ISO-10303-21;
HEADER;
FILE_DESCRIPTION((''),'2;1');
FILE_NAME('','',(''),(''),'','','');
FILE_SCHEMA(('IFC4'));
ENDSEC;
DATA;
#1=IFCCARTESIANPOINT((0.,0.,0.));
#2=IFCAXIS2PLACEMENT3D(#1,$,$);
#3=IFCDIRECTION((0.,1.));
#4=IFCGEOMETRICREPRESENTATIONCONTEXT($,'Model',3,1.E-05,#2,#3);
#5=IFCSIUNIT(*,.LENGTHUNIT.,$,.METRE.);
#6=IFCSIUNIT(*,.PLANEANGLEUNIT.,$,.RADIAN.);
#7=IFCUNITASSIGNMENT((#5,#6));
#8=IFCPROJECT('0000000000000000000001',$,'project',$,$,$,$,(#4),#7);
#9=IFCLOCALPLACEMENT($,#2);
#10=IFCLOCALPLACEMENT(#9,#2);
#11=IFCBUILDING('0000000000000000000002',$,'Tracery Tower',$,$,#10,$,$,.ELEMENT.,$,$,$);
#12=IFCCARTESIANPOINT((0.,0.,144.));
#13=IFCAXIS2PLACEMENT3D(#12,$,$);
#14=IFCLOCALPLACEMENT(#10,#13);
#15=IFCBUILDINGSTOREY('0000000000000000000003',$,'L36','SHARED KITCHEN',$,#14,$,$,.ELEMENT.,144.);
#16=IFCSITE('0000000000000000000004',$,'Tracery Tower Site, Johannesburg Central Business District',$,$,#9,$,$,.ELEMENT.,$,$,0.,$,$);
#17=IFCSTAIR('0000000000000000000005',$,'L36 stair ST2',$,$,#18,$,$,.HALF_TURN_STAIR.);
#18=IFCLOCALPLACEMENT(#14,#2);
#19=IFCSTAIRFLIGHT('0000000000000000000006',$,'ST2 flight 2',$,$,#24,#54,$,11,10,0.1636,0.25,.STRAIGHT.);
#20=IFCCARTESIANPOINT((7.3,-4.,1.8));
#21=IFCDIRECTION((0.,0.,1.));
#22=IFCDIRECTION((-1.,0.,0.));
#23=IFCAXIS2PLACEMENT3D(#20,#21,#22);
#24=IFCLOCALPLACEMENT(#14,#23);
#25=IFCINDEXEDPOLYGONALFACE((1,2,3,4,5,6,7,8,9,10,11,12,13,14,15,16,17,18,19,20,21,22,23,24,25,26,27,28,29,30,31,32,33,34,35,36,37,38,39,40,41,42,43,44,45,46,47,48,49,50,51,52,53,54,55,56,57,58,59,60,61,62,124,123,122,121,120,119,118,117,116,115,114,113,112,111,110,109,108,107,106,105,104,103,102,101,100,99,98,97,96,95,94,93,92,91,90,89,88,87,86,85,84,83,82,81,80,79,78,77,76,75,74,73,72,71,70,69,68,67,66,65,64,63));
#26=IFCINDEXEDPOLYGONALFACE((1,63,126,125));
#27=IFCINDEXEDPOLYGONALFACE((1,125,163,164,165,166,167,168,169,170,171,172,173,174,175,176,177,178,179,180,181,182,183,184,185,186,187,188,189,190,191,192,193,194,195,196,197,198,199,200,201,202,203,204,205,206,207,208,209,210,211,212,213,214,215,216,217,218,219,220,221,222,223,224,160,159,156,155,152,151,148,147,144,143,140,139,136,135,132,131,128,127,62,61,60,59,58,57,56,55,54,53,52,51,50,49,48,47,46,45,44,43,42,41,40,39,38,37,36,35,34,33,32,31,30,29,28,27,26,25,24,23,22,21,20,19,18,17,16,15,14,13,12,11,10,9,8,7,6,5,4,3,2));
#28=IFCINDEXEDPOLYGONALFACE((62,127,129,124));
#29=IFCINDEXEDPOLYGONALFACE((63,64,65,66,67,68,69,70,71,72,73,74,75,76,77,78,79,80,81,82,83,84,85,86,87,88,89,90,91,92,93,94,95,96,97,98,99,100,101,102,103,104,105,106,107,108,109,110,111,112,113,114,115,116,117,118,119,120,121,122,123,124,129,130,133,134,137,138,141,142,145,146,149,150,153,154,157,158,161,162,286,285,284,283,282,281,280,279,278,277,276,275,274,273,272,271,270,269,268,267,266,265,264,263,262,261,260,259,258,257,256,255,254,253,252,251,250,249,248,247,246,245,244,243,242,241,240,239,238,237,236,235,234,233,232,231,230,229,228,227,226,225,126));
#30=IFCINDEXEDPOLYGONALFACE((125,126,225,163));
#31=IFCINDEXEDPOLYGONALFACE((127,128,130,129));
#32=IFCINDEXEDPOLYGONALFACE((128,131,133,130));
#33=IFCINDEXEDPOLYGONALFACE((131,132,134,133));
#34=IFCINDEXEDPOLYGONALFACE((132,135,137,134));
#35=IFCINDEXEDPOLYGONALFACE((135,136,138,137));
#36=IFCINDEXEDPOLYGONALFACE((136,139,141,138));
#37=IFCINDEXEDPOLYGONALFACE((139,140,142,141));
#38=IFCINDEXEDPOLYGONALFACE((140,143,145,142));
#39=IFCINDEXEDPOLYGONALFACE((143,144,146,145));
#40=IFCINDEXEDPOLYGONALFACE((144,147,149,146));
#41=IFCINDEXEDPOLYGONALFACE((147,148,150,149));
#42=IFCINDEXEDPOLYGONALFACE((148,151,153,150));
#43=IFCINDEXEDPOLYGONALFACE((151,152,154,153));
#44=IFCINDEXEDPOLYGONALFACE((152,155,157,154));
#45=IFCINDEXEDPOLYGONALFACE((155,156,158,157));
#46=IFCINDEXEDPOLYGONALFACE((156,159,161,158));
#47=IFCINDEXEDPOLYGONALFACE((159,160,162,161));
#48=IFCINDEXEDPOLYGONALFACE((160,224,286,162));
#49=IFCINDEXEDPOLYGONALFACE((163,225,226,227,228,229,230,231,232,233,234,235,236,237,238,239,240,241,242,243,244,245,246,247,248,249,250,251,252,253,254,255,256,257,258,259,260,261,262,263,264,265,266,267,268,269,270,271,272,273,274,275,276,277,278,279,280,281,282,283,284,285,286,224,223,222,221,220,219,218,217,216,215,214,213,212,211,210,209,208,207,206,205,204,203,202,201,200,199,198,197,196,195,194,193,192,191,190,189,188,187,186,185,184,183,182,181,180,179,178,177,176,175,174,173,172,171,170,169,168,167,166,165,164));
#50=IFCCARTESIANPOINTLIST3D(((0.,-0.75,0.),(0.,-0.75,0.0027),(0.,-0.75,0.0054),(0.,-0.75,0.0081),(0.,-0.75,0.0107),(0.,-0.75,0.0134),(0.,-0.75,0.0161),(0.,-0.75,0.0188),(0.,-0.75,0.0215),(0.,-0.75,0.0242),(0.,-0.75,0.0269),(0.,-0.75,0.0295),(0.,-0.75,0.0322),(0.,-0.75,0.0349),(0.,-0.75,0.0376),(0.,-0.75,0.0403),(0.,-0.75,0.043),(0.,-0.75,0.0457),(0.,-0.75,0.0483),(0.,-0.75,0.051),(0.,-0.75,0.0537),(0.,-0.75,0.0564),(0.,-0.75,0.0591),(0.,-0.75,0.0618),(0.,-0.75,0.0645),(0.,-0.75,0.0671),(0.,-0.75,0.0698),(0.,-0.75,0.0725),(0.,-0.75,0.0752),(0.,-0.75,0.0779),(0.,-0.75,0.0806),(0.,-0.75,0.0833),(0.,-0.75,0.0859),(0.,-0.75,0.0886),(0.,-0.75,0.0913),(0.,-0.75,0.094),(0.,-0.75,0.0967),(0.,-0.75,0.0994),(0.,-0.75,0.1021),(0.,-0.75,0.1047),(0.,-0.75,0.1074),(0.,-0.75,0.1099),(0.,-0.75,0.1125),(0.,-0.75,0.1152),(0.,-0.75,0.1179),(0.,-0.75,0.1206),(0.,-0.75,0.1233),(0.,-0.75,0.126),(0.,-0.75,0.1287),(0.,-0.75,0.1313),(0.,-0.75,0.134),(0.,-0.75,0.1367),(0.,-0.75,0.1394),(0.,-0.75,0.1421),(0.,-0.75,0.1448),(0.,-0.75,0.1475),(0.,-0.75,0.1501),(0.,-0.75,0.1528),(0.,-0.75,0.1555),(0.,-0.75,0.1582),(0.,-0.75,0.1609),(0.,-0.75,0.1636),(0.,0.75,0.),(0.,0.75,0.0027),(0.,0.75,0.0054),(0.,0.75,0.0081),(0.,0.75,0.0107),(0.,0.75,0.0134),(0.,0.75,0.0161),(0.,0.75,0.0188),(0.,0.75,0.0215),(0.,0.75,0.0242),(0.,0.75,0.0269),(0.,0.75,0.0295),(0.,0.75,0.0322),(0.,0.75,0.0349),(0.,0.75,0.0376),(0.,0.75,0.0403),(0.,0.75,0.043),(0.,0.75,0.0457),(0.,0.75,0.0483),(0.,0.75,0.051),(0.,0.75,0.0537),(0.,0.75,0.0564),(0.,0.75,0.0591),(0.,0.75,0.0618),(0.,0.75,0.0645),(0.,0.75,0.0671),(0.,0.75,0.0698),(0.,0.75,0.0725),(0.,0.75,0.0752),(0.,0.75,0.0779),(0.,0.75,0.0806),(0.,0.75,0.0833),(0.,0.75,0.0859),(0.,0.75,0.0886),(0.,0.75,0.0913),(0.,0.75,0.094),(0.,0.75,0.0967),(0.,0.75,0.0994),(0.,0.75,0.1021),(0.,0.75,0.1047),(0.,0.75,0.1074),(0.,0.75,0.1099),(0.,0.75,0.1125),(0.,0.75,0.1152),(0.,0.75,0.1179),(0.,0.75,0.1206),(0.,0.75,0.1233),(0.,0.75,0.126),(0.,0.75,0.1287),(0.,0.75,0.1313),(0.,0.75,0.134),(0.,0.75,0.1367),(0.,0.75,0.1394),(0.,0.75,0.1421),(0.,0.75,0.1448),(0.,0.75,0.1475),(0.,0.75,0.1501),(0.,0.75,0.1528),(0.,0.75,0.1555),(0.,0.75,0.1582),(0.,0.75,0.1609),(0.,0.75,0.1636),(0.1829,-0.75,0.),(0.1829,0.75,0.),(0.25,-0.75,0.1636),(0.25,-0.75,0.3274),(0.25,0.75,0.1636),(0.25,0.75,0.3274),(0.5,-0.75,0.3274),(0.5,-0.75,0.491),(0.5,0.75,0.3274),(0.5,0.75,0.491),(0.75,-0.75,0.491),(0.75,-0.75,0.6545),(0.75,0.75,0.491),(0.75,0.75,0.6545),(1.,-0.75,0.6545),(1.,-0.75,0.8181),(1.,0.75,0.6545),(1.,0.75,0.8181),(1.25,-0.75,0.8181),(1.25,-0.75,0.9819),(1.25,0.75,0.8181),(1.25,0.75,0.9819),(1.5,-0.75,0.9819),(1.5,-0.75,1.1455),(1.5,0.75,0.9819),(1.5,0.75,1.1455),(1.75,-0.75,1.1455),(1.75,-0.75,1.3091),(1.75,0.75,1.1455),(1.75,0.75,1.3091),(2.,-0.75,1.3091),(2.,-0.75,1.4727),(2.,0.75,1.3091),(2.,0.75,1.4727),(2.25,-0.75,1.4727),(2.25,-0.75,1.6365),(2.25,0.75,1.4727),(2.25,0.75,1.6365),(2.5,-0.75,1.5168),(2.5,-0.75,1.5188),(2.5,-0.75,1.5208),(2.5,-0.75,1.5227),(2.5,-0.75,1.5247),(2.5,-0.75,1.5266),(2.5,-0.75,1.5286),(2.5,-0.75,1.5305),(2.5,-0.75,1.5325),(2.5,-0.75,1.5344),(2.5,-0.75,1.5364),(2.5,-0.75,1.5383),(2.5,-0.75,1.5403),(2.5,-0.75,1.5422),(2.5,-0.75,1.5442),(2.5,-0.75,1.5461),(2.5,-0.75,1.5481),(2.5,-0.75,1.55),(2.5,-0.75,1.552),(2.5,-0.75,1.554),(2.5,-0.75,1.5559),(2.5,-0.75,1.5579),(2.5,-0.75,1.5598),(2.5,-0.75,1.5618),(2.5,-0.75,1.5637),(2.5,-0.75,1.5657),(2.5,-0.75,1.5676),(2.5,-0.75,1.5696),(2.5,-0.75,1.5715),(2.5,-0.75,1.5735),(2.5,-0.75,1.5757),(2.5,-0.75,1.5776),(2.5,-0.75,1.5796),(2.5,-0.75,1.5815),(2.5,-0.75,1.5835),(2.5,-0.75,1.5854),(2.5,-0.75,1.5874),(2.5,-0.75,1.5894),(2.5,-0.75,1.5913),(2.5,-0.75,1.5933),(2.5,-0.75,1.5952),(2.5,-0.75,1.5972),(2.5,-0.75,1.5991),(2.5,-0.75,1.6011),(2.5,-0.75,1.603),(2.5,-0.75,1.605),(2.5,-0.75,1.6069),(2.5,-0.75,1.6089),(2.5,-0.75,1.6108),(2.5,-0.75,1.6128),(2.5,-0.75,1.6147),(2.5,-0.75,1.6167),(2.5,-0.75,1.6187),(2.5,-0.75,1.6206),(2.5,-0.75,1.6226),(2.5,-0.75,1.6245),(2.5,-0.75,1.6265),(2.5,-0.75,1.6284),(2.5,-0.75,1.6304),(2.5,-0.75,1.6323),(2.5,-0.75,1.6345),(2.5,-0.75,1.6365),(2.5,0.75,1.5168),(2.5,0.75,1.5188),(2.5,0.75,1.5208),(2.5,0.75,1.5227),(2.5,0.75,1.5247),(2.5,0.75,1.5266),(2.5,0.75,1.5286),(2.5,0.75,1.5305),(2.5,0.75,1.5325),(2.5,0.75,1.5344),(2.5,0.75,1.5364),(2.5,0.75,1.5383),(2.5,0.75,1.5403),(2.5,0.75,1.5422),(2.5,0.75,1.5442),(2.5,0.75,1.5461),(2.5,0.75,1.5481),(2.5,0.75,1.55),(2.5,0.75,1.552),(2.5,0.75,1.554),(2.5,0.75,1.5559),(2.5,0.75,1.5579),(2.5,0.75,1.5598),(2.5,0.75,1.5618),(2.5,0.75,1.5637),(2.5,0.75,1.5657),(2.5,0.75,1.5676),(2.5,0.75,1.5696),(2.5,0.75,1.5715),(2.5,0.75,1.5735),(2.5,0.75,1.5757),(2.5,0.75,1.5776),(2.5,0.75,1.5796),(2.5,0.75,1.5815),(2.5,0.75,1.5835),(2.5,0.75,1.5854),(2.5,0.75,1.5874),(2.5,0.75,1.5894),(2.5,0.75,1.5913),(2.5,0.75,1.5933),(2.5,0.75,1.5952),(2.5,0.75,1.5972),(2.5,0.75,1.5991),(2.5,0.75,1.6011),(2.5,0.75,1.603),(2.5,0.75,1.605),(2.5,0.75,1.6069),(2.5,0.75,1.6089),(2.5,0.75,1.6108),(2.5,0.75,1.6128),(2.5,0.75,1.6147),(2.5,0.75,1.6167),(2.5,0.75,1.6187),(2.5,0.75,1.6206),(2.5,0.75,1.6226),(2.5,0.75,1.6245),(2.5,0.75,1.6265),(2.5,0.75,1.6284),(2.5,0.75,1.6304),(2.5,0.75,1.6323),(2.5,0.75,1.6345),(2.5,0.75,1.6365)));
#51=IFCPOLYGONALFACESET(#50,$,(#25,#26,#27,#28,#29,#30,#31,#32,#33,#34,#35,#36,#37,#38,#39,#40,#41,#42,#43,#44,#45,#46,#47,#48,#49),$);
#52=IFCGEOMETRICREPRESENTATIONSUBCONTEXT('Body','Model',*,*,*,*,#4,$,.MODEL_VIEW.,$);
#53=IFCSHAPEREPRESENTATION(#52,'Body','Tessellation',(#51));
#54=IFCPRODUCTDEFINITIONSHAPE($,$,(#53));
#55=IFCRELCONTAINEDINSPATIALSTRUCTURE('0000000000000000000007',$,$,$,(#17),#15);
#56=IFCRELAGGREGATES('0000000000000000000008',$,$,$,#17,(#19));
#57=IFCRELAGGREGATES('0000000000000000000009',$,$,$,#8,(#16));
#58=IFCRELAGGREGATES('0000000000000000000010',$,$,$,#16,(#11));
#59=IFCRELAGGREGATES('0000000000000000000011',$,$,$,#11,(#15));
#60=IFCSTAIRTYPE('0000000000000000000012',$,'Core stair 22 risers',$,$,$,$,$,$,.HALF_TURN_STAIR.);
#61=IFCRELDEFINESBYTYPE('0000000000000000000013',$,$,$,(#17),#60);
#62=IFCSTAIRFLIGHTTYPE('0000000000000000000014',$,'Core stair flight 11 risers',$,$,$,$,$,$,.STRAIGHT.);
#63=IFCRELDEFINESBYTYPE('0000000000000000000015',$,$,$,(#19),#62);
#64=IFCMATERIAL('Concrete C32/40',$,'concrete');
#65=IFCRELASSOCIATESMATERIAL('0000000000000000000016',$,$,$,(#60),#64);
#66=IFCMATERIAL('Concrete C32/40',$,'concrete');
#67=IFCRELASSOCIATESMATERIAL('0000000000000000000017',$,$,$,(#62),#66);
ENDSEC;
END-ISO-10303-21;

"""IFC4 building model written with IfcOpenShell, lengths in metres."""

from ifc_helpers import new_model, si_unit, direction, frame, origin, place, context, subcontext, project, spatial, polyline, outline, extrude, material, type_object, element, aggregate, save


model = new_model("IFC4")

# Units and contexts
model_context = context("Model", 3, precision=1e-05, world=origin(), true_north=direction((0.0, 1.0)))
body_context = subcontext(model_context, "Body", "Model", "MODEL_VIEW")
ifc_project = project(units=[si_unit("LENGTHUNIT", "METRE"), si_unit("PLANEANGLEUNIT", "RADIAN")], contexts=[model_context])

# Site, building, storey
site_placement = place(None, origin())
site = spatial("IfcSite", under=ifc_project, at=site_placement, Name="Tracery Tower Site, Johannesburg Central Business District", CompositionType="ELEMENT", RefElevation=0.0)
building_placement = place(site_placement, origin())
building = spatial("IfcBuilding", under=site, at=building_placement, Name="Tracery Tower", CompositionType="ELEMENT")
storey_placement = place(building_placement, frame((0.0, 0.0, 144.0)))
storey = spatial("IfcBuildingStorey", under=building, at=storey_placement, Name="L36", Description="SHARED KITCHEN", CompositionType="ELEMENT", Elevation=144.0)

# Stair, stair flight
ifc_material_1 = material(Name="Concrete C32/40", Category="concrete")
stair_type = type_object("IfcStairType", Name="Core stair 22 risers", PredefinedType="HALF_TURN_STAIR", material=ifc_material_1)
stair_placement = place(storey_placement, origin())
stair = element("IfcStair", 1, at=stair_placement, inside=storey, type_object=stair_type, Name="L36 stair ST2", PredefinedType="HALF_TURN_STAIR")
ifc_material_2 = material(Name="Concrete C32/40", Category="concrete")
stair_flight_type = type_object("IfcStairFlightType", Name="Core stair flight 11 risers", PredefinedType="STRAIGHT", material=ifc_material_2)
stair_flight_1_placement = place(storey_placement, frame((7.3, -4.0, 1.8), z_axis=(0.0, 0.0, 1.0), x_axis=(-1.0, 0.0, 0.0)))
stair_flight_1 = element("IfcStairFlight", 2, at=stair_flight_1_placement, type_object=stair_flight_type, Name="ST2 flight 2", NumberOfRisers=11, NumberOfTreads=10, PredefinedType="STRAIGHT", RiserHeight=0.1636, TreadLength=0.25, context=body_context, shape_type="SweptSolid", body=[
    extrude(outline(polyline([(0.0, 0.0), (0.0, 0.0027), (0.0, 0.0054), (0.0, 0.0081), (0.0, 0.0107), (0.0, 0.0134), (0.0, 0.0161), (0.0, 0.0188), (0.0, 0.0215), (0.0, 0.0242), (0.0, 0.0269), (0.0, 0.0295), (0.0, 0.0322), (0.0, 0.0349), (0.0, 0.0376), (0.0, 0.0403), (0.0, 0.043), (0.0, 0.0457), (0.0, 0.0483), (0.0, 0.051), (0.0, 0.0537), (0.0, 0.0564), (0.0, 0.0591), (0.0, 0.0618), (0.0, 0.0645), (0.0, 0.0671), (0.0, 0.0698), (0.0, 0.0725), (0.0, 0.0752), (0.0, 0.0779), (0.0, 0.0806), (0.0, 0.0833), (0.0, 0.0859), (0.0, 0.0886), (0.0, 0.0913), (0.0, 0.094), (0.0, 0.0967), (0.0, 0.0994), (0.0, 0.1021), (0.0, 0.1047), (0.0, 0.1074), (0.0, 0.1099), (0.0, 0.1125), (0.0, 0.1152), (0.0, 0.1179), (0.0, 0.1206), (0.0, 0.1233), (0.0, 0.126), (0.0, 0.1287), (0.0, 0.1313), (0.0, 0.134), (0.0, 0.1367), (0.0, 0.1394), (0.0, 0.1421), (0.0, 0.1448), (0.0, 0.1475), (0.0, 0.1501), (0.0, 0.1528), (0.0, 0.1555), (0.0, 0.1582), (0.0, 0.1609), (0.0, 0.1636), (0.25, 0.1636), (0.25, 0.3274), (0.5, 0.3274), (0.5, 0.491), (0.75, 0.491), (0.75, 0.6545), (1.0, 0.6545), (1.0, 0.8181), (1.25, 0.8181), (1.25, 0.9819), (1.5, 0.9819), (1.5, 1.1455), (1.75, 1.1455), (1.75, 1.3091), (2.0, 1.3091), (2.0, 1.4727), (2.25, 1.4727), (2.25, 1.6365), (2.5, 1.6365), (2.5, 1.6345), (2.5, 1.6323), (2.5, 1.6304), (2.5, 1.6284), (2.5, 1.6265), (2.5, 1.6245), (2.5, 1.6226), (2.5, 1.6206), (2.5, 1.6187), (2.5, 1.6167), (2.5, 1.6147), (2.5, 1.6128), (2.5, 1.6108), (2.5, 1.6089), (2.5, 1.6069), (2.5, 1.605), (2.5, 1.603), (2.5, 1.6011), (2.5, 1.5991), (2.5, 1.5972), (2.5, 1.5952), (2.5, 1.5933), (2.5, 1.5913), (2.5, 1.5894), (2.5, 1.5874), (2.5, 1.5854), (2.5, 1.5835), (2.5, 1.5815), (2.5, 1.5796), (2.5, 1.5776), (2.5, 1.5757), (2.5, 1.5735), (2.5, 1.5715), (2.5, 1.5696), (2.5, 1.5676), (2.5, 1.5657), (2.5, 1.5637), (2.5, 1.5618), (2.5, 1.5598), (2.5, 1.5579), (2.5, 1.5559), (2.5, 1.554), (2.5, 1.552), (2.5, 1.55), (2.5, 1.5481), (2.5, 1.5461), (2.5, 1.5442), (2.5, 1.5422), (2.5, 1.5403), (2.5, 1.5383), (2.5, 1.5364), (2.5, 1.5344), (2.5, 1.5325), (2.5, 1.5305), (2.5, 1.5286), (2.5, 1.5266), (2.5, 1.5247), (2.5, 1.5227), (2.5, 1.5208), (2.5, 1.5188), (2.5, 1.5168), (0.1829, 0.0), (0.0, 0.0)])), frame((0.0, 0.75, 0.0), z_axis=(0.0, -1.0, 0.0), x_axis=(1.0, 0.0, 0.0)), (0.0, 0.0, 1.0), 1.5),
])
aggregate(stair, [stair_flight_1])

save(model, "model.ifc")
